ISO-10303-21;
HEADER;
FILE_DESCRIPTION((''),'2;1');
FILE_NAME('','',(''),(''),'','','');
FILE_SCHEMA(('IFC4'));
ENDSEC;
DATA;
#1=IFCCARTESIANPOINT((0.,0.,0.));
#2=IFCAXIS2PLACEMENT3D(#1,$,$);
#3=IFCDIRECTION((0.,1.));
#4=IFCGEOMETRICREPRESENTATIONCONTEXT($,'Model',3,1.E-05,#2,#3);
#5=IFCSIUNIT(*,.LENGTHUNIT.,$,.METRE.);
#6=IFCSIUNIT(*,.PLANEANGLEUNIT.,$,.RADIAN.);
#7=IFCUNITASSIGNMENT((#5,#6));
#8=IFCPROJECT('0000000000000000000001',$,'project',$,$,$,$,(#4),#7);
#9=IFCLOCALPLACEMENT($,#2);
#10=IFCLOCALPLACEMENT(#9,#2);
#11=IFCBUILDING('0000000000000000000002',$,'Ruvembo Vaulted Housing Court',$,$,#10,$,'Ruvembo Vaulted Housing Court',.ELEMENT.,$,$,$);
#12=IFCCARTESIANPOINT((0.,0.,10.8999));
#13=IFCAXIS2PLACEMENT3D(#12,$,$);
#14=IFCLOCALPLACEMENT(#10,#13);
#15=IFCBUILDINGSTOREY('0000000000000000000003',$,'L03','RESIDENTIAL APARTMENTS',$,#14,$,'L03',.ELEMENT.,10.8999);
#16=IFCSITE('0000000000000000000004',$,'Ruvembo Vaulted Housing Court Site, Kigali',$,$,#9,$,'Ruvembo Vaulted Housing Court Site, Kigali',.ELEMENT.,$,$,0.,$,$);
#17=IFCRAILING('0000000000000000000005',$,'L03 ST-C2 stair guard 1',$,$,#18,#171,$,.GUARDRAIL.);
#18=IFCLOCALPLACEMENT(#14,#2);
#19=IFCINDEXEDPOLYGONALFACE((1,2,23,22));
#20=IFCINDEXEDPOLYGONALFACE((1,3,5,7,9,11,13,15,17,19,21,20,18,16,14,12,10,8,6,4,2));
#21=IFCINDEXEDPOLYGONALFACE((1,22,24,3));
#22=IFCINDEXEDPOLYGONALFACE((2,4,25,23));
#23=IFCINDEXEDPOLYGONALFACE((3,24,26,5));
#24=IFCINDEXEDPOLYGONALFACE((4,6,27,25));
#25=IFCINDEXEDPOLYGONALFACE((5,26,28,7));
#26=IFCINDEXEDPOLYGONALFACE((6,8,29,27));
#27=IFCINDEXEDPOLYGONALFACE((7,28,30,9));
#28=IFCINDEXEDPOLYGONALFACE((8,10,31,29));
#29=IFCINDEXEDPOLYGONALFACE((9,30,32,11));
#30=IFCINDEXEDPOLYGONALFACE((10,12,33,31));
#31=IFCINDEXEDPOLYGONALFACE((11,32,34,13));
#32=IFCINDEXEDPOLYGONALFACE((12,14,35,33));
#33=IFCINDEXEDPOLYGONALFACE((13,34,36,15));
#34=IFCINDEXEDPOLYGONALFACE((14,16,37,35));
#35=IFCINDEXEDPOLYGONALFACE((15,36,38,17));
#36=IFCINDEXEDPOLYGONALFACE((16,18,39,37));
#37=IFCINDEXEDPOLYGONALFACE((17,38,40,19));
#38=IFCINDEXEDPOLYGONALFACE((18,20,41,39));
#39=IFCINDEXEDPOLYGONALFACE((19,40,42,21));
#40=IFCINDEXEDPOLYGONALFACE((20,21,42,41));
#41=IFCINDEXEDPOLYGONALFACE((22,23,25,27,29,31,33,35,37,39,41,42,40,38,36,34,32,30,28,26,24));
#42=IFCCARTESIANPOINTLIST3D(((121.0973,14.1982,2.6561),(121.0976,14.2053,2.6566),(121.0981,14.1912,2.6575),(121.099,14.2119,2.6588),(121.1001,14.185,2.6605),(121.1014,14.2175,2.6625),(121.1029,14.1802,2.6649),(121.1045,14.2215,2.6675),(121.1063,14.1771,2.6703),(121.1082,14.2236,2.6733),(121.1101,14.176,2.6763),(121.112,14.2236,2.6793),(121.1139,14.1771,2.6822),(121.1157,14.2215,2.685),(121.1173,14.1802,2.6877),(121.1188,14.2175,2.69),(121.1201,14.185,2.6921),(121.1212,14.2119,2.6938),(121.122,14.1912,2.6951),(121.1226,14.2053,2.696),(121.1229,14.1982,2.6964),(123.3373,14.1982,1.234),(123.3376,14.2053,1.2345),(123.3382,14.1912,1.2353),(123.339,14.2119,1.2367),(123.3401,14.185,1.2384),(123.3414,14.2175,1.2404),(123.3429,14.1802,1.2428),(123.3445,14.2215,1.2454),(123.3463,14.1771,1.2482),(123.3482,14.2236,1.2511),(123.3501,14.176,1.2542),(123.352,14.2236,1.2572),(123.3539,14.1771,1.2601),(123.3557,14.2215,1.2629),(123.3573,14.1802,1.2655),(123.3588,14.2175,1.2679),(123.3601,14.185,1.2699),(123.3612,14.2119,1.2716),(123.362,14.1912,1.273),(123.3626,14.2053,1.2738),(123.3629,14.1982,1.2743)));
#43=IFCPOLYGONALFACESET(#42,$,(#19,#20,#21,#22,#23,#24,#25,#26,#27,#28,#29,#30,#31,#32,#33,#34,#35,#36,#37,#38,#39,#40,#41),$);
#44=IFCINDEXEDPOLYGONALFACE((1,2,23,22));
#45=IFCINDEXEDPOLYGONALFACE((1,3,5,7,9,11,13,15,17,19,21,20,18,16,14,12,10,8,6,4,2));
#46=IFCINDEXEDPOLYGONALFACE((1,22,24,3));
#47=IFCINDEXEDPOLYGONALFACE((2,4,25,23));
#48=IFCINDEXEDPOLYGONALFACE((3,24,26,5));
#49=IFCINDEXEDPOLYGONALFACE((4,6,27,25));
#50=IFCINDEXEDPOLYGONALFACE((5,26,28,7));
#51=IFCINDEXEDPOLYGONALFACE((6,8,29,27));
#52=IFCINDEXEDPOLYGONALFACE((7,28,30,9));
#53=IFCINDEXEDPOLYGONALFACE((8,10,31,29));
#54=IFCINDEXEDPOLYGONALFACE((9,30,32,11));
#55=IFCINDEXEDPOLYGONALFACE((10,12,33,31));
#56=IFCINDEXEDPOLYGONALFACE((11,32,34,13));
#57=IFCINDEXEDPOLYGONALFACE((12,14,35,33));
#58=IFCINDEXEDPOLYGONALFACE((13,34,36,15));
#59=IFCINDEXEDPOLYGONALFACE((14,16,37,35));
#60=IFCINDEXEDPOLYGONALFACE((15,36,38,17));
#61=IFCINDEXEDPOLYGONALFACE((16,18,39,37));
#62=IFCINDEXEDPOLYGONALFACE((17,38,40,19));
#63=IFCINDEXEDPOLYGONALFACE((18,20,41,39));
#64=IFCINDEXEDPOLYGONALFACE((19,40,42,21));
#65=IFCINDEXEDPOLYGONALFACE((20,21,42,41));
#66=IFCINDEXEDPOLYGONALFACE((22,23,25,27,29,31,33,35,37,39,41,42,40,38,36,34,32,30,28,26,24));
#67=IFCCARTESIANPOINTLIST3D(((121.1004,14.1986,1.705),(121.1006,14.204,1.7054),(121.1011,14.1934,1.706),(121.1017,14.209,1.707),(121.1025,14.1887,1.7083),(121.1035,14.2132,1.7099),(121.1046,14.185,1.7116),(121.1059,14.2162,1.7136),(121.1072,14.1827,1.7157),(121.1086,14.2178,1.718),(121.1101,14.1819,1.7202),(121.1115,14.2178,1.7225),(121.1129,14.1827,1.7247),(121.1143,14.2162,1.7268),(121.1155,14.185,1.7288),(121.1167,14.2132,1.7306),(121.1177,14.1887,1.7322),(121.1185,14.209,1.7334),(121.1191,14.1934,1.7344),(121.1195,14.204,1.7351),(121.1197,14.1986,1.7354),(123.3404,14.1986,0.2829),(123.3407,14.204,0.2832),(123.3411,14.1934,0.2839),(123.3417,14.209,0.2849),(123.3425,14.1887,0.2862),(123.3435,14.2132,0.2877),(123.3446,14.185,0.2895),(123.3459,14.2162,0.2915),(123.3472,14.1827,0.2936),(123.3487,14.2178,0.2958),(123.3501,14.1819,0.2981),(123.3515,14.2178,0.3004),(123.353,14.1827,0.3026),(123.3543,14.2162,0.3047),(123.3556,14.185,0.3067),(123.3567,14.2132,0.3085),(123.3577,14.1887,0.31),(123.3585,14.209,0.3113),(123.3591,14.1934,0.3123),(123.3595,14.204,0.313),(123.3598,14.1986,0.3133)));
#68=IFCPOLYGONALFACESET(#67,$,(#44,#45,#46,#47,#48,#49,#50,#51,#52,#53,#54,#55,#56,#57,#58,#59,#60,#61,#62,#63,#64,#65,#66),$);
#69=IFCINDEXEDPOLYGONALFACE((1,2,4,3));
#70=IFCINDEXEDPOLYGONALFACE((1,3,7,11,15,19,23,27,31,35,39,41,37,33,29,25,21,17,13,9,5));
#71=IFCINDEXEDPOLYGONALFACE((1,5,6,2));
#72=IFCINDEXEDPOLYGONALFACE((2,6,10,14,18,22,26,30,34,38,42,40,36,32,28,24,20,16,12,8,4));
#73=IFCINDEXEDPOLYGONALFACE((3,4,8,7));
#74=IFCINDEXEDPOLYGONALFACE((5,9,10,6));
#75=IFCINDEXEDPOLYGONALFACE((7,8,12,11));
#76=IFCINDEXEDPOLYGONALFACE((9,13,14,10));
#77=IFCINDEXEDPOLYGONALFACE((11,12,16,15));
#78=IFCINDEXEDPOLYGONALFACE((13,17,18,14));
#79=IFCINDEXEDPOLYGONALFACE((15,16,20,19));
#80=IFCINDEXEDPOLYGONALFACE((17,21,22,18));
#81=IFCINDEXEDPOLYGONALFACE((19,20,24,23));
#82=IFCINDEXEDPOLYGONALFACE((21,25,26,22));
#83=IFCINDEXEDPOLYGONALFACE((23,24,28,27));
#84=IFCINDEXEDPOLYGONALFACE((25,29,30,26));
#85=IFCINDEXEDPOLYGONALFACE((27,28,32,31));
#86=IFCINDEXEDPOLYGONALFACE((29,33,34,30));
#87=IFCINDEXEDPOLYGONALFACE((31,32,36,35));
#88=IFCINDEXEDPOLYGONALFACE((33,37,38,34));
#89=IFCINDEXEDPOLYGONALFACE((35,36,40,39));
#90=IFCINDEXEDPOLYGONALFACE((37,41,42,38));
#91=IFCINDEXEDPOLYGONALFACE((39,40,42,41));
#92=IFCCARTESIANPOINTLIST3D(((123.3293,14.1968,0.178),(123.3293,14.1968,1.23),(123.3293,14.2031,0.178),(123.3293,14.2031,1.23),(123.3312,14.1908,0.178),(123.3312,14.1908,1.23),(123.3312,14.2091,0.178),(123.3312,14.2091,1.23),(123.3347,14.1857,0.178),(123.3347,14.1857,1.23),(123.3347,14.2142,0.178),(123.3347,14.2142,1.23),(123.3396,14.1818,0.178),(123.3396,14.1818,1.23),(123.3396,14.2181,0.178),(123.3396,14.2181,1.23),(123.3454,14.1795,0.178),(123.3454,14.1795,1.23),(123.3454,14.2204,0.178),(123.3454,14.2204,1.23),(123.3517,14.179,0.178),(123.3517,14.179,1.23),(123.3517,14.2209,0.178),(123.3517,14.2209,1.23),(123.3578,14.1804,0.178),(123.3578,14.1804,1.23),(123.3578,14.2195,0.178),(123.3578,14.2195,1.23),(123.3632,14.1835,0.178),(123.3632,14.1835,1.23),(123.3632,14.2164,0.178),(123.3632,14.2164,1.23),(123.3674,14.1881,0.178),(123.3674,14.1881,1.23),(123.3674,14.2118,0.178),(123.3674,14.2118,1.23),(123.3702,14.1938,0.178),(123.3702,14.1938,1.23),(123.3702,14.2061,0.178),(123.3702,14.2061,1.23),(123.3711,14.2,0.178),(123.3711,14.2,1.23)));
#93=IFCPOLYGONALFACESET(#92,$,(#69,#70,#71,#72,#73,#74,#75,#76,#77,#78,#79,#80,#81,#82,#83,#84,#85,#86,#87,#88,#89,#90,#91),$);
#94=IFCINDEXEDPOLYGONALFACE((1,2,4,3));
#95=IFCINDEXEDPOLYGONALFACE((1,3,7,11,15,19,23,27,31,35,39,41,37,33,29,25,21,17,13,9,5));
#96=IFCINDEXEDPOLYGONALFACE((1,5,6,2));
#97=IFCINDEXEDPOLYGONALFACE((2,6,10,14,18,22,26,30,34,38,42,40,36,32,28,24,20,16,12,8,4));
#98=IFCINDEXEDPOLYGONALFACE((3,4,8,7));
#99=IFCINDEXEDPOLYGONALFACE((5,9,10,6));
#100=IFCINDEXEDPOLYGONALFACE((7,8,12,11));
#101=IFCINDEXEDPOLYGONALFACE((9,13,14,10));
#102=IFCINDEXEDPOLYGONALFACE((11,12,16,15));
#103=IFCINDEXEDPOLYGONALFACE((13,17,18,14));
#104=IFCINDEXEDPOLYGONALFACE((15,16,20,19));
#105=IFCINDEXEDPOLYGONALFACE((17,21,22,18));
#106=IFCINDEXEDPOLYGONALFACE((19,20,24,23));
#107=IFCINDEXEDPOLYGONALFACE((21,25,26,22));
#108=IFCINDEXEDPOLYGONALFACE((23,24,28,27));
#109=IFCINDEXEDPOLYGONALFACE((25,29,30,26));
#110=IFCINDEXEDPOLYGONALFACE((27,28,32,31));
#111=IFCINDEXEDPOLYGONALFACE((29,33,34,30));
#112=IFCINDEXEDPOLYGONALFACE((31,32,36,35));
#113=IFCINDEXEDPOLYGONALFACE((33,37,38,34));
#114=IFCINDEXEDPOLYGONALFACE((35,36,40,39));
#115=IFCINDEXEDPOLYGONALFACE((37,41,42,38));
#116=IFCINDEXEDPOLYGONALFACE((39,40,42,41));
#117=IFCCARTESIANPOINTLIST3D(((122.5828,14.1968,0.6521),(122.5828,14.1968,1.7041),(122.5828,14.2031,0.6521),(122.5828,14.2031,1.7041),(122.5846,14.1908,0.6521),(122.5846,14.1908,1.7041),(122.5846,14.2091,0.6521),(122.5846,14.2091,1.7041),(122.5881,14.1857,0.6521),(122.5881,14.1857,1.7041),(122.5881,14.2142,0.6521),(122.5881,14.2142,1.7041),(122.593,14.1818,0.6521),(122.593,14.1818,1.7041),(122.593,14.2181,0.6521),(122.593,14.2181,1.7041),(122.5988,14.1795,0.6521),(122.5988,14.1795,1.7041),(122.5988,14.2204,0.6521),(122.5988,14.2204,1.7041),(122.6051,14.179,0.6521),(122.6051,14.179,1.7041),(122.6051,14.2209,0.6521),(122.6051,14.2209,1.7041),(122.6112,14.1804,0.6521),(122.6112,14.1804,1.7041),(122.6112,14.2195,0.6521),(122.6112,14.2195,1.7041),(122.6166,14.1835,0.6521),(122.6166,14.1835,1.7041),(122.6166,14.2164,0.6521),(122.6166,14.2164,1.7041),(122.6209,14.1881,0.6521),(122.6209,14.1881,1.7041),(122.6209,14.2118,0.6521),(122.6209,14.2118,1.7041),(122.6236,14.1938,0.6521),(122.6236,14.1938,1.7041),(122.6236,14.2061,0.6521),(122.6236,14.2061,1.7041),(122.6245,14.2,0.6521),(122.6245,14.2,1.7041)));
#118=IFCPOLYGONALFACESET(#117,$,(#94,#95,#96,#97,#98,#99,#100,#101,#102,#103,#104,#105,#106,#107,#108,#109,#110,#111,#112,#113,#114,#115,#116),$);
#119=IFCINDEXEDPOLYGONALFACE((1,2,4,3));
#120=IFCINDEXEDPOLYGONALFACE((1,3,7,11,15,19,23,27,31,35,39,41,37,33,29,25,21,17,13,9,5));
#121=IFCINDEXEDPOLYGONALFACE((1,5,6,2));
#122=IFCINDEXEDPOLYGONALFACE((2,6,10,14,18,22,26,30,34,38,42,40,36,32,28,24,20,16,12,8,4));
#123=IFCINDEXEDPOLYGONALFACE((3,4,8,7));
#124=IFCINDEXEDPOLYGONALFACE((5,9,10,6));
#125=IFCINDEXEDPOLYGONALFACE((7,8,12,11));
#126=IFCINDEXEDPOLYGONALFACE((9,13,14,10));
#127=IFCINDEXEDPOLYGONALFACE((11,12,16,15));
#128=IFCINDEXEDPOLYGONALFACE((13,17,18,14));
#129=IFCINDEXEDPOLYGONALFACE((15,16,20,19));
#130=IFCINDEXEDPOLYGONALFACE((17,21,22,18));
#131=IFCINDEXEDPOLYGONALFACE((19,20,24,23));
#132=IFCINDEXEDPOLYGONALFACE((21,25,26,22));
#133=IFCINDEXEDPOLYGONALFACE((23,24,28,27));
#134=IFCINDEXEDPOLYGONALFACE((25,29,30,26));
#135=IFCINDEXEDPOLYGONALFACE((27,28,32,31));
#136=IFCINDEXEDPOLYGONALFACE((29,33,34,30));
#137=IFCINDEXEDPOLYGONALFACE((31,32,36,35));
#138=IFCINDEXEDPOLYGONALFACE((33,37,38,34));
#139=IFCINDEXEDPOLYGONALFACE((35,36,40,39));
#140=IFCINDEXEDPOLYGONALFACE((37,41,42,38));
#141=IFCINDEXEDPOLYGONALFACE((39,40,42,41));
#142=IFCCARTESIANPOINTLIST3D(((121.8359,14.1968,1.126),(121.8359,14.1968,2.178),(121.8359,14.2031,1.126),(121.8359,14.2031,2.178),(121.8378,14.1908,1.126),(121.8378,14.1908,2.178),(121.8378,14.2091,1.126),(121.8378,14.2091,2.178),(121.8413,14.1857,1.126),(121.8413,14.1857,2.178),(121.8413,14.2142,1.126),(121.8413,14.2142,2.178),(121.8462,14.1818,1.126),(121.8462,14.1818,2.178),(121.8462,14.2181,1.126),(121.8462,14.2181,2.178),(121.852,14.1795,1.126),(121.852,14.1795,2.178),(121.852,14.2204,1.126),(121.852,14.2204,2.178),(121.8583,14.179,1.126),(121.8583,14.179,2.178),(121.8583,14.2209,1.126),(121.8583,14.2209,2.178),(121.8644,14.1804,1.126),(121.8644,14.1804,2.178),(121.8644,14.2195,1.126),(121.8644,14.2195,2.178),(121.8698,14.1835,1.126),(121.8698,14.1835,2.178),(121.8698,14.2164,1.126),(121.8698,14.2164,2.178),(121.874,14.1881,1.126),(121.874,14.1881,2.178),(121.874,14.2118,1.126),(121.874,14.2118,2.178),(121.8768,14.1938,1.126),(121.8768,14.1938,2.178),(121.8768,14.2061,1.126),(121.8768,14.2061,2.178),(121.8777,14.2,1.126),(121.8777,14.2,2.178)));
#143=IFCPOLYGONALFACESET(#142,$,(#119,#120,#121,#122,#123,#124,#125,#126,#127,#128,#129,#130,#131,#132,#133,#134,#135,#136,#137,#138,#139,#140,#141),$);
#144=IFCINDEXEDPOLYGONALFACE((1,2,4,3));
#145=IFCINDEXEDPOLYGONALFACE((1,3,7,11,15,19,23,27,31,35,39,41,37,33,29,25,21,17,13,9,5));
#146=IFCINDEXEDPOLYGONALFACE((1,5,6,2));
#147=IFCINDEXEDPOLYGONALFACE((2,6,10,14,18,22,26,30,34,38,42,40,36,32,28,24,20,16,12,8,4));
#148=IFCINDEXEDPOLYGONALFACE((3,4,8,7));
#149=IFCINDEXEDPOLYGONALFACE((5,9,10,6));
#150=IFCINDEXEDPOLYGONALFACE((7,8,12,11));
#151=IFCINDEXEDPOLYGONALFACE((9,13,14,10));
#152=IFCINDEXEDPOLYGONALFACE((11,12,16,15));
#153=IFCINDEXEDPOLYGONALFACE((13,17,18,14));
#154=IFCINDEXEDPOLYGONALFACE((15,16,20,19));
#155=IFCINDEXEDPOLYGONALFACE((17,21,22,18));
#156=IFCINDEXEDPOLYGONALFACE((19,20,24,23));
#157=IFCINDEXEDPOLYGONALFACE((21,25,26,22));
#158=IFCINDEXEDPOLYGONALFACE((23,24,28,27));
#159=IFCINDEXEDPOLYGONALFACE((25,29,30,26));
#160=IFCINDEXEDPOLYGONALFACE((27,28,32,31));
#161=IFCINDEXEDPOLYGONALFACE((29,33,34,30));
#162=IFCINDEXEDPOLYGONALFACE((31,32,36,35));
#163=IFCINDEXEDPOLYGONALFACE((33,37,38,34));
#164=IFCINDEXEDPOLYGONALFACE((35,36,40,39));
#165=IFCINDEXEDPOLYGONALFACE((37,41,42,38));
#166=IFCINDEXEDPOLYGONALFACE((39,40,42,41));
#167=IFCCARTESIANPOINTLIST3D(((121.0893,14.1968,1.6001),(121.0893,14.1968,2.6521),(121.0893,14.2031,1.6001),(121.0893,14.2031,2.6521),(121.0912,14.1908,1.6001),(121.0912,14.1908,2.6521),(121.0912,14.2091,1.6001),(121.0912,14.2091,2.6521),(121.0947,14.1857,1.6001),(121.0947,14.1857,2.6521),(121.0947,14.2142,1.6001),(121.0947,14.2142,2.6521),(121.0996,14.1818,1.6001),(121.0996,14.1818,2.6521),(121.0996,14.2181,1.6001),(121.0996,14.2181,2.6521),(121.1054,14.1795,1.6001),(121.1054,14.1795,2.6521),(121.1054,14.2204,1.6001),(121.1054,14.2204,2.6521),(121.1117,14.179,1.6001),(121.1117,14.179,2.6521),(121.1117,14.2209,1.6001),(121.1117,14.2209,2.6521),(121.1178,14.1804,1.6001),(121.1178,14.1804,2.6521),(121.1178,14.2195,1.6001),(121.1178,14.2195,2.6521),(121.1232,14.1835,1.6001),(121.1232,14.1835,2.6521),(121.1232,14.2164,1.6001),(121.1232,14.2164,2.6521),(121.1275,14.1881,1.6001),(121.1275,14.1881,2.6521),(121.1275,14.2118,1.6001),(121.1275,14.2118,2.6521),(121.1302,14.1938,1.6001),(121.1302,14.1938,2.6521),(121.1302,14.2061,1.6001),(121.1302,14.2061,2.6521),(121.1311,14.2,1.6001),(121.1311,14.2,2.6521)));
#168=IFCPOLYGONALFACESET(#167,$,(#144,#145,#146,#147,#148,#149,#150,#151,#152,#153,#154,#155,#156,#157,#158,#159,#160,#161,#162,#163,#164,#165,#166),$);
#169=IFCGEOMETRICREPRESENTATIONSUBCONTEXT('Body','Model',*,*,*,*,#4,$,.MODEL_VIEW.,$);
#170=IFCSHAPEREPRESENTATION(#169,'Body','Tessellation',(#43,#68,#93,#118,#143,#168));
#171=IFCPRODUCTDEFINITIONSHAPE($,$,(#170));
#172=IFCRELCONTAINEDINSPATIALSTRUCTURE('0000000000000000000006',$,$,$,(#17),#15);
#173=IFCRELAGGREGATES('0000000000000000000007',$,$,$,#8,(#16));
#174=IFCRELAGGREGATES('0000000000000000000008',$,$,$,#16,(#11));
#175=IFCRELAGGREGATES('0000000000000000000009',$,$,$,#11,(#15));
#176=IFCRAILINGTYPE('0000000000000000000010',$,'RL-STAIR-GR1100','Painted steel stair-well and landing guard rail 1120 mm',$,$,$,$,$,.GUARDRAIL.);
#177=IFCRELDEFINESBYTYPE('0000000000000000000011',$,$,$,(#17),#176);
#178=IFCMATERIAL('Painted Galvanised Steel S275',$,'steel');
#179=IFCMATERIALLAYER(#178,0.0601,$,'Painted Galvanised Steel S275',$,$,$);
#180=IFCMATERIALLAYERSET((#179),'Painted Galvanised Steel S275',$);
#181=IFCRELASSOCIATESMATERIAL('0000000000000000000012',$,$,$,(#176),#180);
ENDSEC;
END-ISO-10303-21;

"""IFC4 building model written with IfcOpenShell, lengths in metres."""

from ifc_helpers import new_model, si_unit, direction, frame, origin, origin_2d, place, context, subcontext, project, spatial, circle, extrude, material, layer, layer_set, type_object, element, save


model = new_model("IFC4")

# Units and contexts
model_context = context("Model", 3, precision=1e-05, world=origin(), true_north=direction((0.0, 1.0)))
body_context = subcontext(model_context, "Body", "Model", "MODEL_VIEW")
ifc_project = project(units=[si_unit("LENGTHUNIT", "METRE"), si_unit("PLANEANGLEUNIT", "RADIAN")], contexts=[model_context])

# Site, building, storey
site_placement = place(None, origin())
site = spatial("IfcSite", under=ifc_project, at=site_placement, Name="Ruvembo Vaulted Housing Court Site, Kigali", LongName="Ruvembo Vaulted Housing Court Site, Kigali", CompositionType="ELEMENT", RefElevation=0.0)
building_placement = place(site_placement, origin())
building = spatial("IfcBuilding", under=site, at=building_placement, Name="Ruvembo Vaulted Housing Court", LongName="Ruvembo Vaulted Housing Court", CompositionType="ELEMENT")
storey_placement = place(building_placement, frame((0.0, 0.0, 10.8999)))
storey = spatial("IfcBuildingStorey", under=building, at=storey_placement, Name="L03", Description="RESIDENTIAL APARTMENTS", LongName="L03", CompositionType="ELEMENT", Elevation=10.8999)

# Railing
ifc_material_1 = material(Name="Painted Galvanised Steel S275", Category="steel")
ifc_layer_1 = layer(ifc_material_1, 0.0601, Name="Painted Galvanised Steel S275")
ifc_layer_set_1 = layer_set([ifc_layer_1], Name="Painted Galvanised Steel S275")
railing_type_1 = type_object("IfcRailingType", Name="RL-STAIR-GR1100", Description="Painted steel stair-well and landing guard rail 1120 mm", PredefinedType="GUARDRAIL", material=ifc_layer_set_1)
railing_1_placement = place(storey_placement, frame((123.3501, 14.2, 0.178)))
element("IfcRailing", 1, at=railing_1_placement, inside=storey, type_object=railing_type_1, Name="L03 ST-C2 stair guard 1", PredefinedType="GUARDRAIL", context=body_context, shape_type="SweptSolid", body=[
    extrude(circle(Radius=0.0239, at=origin_2d()), frame((0.0, 0.0, 1.0762), z_axis=(-0.844229, 0.0, 0.535982), x_axis=(0.0, -1.0, 0.0)), (0.0, 0.0, 1.0), 2.6533),
    extrude(circle(Radius=0.0181, at=origin_2d()), frame((0.0, 0.0, 0.1201), z_axis=(-0.844229, 0.0, 0.535982), x_axis=(0.0, -1.0, 0.0)), (0.0, 0.0, 1.0), 2.6533),
    extrude(circle(Radius=0.021, at=origin_2d()), origin(), (0.0, 0.0, 1.0), 1.052),
    extrude(circle(Radius=0.021, at=origin_2d()), frame((-0.7466, 0.0, 0.4741)), (0.0, 0.0, 1.0), 1.052),
    extrude(circle(Radius=0.021, at=origin_2d()), frame((-1.4934, 0.0, 0.948)), (0.0, 0.0, 1.0), 1.052),
    extrude(circle(Radius=0.021, at=origin_2d()), frame((-2.24, 0.0, 1.4221)), (0.0, 0.0, 1.0), 1.052),
])

save(model, "model.ifc")
